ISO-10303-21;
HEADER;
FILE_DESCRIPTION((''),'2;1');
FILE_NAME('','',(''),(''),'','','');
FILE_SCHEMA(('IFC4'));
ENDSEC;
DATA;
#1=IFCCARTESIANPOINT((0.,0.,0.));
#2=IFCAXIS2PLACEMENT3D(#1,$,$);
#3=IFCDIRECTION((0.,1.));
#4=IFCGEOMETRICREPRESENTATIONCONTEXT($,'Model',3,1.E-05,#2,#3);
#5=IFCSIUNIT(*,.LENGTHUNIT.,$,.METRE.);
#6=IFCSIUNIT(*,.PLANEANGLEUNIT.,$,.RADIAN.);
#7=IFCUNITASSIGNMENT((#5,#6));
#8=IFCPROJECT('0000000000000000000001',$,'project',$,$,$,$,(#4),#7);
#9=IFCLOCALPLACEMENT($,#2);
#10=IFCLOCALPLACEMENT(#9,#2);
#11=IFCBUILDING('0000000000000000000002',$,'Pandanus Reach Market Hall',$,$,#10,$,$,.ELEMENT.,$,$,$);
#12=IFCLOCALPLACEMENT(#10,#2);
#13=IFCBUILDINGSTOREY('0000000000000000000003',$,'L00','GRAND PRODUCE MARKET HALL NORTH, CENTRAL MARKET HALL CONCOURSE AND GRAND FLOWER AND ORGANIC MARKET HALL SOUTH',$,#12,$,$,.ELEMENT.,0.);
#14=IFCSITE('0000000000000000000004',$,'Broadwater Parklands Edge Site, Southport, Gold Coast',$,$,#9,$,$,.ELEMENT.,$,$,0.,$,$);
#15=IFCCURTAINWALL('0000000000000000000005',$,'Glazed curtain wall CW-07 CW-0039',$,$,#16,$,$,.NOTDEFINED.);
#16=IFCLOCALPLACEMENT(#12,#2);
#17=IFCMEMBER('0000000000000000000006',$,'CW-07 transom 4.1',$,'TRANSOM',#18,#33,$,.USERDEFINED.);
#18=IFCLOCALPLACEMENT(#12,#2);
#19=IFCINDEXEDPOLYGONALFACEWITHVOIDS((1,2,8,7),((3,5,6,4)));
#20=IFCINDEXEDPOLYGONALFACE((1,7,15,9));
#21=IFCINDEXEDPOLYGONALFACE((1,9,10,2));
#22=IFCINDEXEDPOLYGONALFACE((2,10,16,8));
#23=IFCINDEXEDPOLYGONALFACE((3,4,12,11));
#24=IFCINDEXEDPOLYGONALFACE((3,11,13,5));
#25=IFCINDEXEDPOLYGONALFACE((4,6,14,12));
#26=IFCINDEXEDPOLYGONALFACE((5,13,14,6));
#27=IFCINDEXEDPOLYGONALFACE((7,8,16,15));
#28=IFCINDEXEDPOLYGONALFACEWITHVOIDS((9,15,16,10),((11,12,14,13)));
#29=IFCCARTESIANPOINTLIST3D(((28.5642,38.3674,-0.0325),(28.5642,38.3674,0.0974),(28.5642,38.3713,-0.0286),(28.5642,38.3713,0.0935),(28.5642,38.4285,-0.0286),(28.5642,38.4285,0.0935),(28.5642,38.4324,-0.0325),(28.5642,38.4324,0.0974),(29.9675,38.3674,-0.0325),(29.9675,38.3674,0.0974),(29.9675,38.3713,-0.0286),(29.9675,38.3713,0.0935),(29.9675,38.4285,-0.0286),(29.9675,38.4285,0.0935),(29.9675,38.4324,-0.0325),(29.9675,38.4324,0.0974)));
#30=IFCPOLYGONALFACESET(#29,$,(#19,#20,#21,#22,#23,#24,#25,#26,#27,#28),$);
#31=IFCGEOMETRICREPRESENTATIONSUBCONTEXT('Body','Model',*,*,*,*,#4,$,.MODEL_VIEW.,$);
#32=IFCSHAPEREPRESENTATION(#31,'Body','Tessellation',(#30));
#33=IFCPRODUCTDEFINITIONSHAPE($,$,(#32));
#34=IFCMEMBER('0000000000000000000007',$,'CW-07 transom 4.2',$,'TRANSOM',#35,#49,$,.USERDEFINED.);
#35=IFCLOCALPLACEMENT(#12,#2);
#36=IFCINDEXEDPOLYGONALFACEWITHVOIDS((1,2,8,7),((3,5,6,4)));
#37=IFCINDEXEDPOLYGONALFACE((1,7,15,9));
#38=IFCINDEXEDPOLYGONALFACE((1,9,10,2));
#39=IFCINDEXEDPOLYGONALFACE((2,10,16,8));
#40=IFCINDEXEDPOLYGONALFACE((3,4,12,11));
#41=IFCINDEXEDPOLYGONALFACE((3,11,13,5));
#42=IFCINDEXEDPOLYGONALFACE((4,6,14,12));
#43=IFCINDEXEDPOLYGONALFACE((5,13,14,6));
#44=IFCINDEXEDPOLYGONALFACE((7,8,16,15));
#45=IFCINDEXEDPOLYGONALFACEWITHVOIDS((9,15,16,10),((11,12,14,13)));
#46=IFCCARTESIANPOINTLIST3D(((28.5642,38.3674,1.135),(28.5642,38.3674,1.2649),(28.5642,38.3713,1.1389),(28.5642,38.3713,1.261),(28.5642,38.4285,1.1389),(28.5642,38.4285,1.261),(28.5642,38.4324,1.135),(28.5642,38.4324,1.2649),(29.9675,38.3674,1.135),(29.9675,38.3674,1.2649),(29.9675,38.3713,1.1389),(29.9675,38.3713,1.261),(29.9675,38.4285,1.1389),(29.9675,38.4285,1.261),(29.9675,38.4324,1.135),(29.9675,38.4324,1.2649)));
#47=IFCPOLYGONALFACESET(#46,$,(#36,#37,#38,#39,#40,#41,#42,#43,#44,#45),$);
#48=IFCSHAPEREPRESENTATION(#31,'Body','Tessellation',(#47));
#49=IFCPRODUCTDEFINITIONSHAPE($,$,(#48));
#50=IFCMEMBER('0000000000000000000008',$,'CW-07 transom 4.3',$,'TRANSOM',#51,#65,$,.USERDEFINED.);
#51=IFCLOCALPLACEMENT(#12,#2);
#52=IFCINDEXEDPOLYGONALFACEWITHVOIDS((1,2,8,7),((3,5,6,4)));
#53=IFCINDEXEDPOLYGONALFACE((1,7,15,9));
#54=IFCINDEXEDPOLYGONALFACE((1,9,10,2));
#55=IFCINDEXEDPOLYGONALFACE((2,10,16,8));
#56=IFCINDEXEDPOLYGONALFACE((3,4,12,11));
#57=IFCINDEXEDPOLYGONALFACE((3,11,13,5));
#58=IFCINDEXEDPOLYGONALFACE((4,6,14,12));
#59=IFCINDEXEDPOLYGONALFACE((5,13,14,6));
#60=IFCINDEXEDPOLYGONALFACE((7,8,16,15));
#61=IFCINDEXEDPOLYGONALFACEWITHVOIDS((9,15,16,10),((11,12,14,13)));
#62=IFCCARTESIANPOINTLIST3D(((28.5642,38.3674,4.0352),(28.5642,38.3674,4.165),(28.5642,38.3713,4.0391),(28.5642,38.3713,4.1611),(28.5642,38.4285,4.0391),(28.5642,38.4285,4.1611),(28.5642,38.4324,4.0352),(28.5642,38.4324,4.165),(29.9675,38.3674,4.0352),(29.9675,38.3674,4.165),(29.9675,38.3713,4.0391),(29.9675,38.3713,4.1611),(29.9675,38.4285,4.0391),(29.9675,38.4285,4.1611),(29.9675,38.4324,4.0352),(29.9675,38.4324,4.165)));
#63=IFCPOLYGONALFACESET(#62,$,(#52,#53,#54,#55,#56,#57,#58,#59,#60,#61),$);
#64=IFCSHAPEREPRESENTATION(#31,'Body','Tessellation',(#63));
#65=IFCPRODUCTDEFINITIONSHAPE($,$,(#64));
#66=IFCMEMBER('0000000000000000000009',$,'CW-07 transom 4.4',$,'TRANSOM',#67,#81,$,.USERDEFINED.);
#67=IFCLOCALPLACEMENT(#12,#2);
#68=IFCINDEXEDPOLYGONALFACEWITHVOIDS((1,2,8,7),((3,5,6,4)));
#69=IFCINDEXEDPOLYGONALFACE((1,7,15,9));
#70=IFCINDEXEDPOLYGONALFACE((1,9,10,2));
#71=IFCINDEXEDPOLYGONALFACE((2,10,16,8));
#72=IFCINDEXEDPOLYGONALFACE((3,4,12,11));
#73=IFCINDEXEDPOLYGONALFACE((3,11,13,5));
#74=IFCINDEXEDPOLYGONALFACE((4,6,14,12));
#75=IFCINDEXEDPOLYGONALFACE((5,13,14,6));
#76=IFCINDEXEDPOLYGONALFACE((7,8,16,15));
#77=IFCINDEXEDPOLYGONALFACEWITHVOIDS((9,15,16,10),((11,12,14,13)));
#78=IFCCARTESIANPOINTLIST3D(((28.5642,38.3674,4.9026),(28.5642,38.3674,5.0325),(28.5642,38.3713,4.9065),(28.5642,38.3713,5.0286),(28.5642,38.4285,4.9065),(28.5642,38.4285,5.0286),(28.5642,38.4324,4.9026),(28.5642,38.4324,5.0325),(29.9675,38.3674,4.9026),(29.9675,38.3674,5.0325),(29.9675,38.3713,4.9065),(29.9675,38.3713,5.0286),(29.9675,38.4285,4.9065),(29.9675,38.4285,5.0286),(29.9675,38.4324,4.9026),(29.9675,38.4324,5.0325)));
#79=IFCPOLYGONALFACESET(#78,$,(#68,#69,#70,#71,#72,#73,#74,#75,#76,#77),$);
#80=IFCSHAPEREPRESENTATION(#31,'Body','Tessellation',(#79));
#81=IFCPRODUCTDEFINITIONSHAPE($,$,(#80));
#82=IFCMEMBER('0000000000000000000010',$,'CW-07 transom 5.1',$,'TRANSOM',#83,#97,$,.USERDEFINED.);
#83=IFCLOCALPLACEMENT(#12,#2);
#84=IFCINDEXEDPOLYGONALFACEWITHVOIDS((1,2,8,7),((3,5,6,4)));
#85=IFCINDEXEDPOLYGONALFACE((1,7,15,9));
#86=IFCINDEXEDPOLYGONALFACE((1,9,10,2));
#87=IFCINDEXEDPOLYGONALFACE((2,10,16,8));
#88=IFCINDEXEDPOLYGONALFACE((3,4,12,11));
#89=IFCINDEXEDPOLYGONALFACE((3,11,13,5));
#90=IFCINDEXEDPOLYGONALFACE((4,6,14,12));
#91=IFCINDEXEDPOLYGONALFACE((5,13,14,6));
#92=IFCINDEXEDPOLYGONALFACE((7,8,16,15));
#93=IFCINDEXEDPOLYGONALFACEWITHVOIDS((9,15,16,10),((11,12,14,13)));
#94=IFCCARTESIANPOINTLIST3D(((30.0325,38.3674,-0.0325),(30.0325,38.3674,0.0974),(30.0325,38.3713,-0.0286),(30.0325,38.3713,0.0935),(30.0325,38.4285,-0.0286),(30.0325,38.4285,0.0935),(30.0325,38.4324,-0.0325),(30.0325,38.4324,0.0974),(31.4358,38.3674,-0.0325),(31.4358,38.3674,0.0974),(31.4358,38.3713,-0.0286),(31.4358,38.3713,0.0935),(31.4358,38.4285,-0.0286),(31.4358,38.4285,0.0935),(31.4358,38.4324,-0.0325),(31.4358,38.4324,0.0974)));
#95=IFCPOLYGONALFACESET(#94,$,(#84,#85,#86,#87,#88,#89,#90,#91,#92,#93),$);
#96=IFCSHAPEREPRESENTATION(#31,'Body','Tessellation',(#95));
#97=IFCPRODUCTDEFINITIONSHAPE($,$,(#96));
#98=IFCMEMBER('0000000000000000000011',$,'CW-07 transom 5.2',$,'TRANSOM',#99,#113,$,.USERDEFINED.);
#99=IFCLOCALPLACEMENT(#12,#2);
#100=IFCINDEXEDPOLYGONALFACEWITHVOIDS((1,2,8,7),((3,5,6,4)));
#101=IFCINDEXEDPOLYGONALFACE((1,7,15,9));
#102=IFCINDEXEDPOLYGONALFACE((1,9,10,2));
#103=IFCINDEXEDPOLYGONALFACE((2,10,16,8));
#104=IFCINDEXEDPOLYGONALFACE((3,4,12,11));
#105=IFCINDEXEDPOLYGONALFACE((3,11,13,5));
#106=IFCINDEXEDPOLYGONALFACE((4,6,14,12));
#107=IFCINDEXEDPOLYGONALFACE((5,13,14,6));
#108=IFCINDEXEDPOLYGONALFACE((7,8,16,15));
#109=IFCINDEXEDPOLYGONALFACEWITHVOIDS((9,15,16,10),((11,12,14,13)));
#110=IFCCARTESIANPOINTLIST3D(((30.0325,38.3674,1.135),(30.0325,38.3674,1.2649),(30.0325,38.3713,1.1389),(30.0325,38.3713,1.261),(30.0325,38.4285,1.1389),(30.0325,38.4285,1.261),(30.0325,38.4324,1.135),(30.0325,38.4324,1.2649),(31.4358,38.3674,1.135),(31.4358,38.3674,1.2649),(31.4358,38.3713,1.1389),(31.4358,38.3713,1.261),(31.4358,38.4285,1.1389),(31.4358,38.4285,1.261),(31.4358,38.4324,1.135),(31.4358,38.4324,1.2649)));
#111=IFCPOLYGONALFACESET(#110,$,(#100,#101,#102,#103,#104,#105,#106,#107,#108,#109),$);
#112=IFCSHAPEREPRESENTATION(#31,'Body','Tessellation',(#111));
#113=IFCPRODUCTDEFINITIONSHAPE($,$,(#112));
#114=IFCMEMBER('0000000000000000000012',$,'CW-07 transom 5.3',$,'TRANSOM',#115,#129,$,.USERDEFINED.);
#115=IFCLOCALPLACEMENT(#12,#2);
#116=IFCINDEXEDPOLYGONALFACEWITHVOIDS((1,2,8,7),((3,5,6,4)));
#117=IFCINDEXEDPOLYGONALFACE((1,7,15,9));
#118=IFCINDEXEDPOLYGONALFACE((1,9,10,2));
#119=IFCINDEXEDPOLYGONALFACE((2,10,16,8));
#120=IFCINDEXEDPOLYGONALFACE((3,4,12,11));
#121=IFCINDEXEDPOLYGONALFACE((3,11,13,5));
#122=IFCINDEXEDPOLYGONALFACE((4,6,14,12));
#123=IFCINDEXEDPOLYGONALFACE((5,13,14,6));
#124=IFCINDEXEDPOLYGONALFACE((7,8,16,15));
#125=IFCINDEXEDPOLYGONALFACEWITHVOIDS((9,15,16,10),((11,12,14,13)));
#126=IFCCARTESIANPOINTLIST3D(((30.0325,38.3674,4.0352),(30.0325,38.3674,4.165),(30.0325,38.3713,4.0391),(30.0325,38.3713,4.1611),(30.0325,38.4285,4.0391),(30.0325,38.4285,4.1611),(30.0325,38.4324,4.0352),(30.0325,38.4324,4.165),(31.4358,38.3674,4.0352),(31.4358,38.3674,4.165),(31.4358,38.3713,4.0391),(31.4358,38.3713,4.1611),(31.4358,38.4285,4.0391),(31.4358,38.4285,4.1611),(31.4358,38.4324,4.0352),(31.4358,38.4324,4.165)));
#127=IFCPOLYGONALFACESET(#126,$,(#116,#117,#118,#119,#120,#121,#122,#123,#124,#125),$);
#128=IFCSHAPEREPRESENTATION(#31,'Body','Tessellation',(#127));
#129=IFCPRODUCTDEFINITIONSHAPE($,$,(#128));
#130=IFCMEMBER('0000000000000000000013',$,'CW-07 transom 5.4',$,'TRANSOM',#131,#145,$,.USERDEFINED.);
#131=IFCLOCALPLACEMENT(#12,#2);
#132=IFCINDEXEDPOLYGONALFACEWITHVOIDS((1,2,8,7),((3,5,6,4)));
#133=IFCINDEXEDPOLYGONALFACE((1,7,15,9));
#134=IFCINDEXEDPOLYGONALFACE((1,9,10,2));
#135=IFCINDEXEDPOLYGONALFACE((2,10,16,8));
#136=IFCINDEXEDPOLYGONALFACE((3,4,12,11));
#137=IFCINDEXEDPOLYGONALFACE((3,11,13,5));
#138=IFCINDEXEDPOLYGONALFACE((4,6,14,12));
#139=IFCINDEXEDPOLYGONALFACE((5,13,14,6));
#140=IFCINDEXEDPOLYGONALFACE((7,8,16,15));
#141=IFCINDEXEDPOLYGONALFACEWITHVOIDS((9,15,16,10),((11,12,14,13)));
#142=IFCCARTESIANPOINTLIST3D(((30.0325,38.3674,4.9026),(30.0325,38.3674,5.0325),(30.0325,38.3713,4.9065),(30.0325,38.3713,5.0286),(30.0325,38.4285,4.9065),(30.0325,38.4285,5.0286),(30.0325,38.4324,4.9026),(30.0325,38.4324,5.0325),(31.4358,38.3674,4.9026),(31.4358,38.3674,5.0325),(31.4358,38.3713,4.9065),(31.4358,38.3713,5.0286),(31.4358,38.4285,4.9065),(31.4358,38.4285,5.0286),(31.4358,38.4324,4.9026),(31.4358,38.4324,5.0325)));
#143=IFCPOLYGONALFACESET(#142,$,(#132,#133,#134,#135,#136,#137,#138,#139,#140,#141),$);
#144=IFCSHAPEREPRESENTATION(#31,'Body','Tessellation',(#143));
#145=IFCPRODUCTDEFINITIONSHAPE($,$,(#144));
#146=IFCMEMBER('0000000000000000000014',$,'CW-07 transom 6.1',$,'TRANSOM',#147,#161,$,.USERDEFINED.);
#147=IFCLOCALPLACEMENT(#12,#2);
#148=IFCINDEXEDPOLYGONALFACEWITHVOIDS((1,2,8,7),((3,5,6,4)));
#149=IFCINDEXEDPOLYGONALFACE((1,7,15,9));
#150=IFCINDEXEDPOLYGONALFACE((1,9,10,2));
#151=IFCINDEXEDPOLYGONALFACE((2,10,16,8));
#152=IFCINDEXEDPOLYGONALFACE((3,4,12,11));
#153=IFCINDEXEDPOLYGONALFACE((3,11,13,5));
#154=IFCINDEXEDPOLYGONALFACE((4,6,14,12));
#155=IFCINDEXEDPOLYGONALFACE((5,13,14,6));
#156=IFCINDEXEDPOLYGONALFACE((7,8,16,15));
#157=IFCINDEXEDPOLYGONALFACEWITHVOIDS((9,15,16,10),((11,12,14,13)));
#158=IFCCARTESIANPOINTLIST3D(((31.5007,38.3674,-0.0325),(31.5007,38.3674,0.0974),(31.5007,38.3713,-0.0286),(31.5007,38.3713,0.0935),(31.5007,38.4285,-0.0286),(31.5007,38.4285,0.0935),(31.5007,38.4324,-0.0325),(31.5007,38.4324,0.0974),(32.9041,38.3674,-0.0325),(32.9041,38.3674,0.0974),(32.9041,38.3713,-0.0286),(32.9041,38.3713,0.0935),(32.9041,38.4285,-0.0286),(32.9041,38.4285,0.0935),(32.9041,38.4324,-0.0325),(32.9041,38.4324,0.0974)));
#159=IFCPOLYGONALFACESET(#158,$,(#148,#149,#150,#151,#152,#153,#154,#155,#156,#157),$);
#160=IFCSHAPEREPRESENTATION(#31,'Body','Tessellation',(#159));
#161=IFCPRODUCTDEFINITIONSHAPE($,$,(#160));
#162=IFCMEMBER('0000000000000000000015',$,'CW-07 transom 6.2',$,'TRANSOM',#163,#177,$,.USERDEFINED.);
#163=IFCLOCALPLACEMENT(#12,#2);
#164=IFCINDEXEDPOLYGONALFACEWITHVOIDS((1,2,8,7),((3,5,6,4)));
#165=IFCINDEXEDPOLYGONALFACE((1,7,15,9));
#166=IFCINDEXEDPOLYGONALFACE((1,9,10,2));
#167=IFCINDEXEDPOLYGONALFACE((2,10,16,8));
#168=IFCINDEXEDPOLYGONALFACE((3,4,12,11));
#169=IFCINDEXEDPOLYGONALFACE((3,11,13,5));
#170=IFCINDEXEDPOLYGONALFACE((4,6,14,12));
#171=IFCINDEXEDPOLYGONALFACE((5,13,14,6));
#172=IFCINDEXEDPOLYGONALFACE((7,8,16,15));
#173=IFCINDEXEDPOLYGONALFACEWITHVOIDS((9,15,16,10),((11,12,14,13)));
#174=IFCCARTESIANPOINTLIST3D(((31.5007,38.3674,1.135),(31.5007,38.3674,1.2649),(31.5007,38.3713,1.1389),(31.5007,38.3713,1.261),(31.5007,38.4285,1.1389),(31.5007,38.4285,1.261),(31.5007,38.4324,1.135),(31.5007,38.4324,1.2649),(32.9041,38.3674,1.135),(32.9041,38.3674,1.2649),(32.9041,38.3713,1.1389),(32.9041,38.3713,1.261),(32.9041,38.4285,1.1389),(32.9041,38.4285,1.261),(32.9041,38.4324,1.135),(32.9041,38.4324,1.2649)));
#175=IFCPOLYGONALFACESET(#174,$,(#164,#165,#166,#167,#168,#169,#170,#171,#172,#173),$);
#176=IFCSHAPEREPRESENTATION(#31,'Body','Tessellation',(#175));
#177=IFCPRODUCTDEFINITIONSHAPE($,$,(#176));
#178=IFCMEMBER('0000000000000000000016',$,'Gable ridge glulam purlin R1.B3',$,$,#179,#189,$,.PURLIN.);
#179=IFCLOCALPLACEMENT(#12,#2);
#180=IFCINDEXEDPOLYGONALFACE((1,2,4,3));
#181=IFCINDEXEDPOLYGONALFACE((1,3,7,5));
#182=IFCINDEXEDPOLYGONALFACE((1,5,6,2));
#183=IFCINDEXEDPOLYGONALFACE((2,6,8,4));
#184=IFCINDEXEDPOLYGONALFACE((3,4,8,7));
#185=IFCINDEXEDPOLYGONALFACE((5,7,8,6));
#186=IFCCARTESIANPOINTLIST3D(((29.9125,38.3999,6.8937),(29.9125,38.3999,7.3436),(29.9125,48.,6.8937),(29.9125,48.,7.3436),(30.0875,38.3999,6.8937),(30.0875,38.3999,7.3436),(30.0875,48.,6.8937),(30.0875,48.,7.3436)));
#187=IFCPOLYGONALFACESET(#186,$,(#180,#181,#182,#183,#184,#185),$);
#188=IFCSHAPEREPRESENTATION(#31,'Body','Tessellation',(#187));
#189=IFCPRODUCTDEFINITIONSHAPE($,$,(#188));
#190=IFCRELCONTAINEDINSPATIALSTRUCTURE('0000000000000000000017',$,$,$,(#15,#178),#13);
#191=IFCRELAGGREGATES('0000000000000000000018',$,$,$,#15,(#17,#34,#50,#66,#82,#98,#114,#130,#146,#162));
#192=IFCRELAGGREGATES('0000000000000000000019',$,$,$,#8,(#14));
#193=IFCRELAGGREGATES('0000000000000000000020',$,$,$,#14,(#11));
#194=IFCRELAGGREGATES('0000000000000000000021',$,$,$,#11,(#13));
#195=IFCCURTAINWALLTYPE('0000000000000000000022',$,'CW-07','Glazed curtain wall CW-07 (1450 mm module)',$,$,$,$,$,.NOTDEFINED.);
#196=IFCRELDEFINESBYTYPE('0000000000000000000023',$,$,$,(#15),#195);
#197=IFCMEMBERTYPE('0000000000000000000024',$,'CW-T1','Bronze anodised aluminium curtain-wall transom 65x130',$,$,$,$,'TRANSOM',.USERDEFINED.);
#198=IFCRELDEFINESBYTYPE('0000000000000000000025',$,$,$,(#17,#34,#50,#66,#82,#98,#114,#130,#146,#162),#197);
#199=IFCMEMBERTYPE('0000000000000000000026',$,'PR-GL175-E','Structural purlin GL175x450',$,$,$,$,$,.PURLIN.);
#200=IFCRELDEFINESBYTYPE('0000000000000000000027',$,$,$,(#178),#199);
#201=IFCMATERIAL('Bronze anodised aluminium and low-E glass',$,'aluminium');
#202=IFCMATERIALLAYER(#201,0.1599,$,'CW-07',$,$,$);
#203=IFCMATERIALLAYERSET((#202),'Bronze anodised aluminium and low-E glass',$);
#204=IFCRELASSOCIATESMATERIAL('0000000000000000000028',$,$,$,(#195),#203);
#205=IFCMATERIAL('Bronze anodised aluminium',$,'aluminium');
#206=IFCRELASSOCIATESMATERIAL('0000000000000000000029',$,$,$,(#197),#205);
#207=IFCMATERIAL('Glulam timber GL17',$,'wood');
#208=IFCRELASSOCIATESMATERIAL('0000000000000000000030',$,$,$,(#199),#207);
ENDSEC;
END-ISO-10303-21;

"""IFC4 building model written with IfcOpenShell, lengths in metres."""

from ifc_helpers import new_model, si_unit, direction, frame, origin, origin_2d, place, context, subcontext, project, spatial, rectangle, hollow_rectangle, extrude, material, layer, layer_set, material_profile, profile_set, type_object, element, aggregate, save


model = new_model("IFC4")

# Units and contexts
model_context = context("Model", 3, precision=1e-05, world=origin(), true_north=direction((0.0, 1.0)))
body_context = subcontext(model_context, "Body", "Model", "MODEL_VIEW")
ifc_project = project(units=[si_unit("LENGTHUNIT", "METRE"), si_unit("PLANEANGLEUNIT", "RADIAN")], contexts=[model_context])

# Site, building, storey
site_placement = place(None, origin())
site = spatial("IfcSite", under=ifc_project, at=site_placement, Name="Broadwater Parklands Edge Site, Southport, Gold Coast", CompositionType="ELEMENT", RefElevation=0.0)
building_placement = place(site_placement, origin())
building = spatial("IfcBuilding", under=site, at=building_placement, Name="Pandanus Reach Market Hall", CompositionType="ELEMENT")
storey_placement = place(building_placement, origin())
storey = spatial("IfcBuildingStorey", under=building, at=storey_placement, Name="L00", Description="GRAND PRODUCE MARKET HALL NORTH, CENTRAL MARKET HALL CONCOURSE AND GRAND FLOWER AND ORGANIC MARKET HALL SOUTH", CompositionType="ELEMENT", Elevation=0.0)

# Curtain wall, members
ifc_material_1 = material(Name="Bronze anodised aluminium and low-E glass", Category="aluminium")
ifc_layer_1 = layer(ifc_material_1, 0.1599, Name="CW-07")
ifc_layer_set_1 = layer_set([ifc_layer_1], Name="Bronze anodised aluminium and low-E glass")
curtain_wall_type = type_object("IfcCurtainWallType", Name="CW-07", Description="Glazed curtain wall CW-07 (1450 mm module)", PredefinedType="NOTDEFINED", material=ifc_layer_set_1)
curtain_wall_placement = place(storey_placement, origin())
curtain_wall = element("IfcCurtainWall", 1, at=curtain_wall_placement, inside=storey, type_object=curtain_wall_type, Name="Glazed curtain wall CW-07 CW-0039", PredefinedType="NOTDEFINED")
ifc_material_2 = material(Name="Bronze anodised aluminium", Category="aluminium")
ifc_material_profile_1 = material_profile(ifc_material_2, hollow_rectangle(XDim=0.0649, YDim=0.1299, WallThickness=0.0039, at=origin_2d()), Name="ALU65x130", Category="LoadBearing")
ifc_profile_set_1 = profile_set([ifc_material_profile_1], Name="Bronze anodised aluminium")
member_type_1 = type_object("IfcMemberType", Name="CW-T1", Description="Bronze anodised aluminium curtain-wall transom 65x130", ElementType="TRANSOM", PredefinedType="USERDEFINED", material=ifc_profile_set_1)
member_1_placement = place(storey_placement, frame((28.5642, 38.3999, 0.0325), z_axis=(1.0, 0.0, 0.0), x_axis=(0.0, 1.0, 0.0)))
member_1 = element("IfcMember", 2, at=member_1_placement, type_object=member_type_1, Name="CW-07 transom 4.1", ObjectType="TRANSOM", PredefinedType="USERDEFINED", context=body_context, shape_type="SweptSolid", body=[
    extrude(hollow_rectangle(XDim=0.0649, YDim=0.1299, WallThickness=0.0039, at=origin_2d()), origin(), (0.0, 0.0, 1.0), 1.4033),
])
member_2_placement = place(storey_placement, frame((28.5642, 38.3999, 1.2), z_axis=(1.0, 0.0, 0.0), x_axis=(0.0, 1.0, 0.0)))
member_2 = element("IfcMember", 3, at=member_2_placement, type_object=member_type_1, Name="CW-07 transom 4.2", ObjectType="TRANSOM", PredefinedType="USERDEFINED", context=body_context, shape_type="SweptSolid", body=[
    extrude(hollow_rectangle(XDim=0.0649, YDim=0.1299, WallThickness=0.0039, at=origin_2d()), origin(), (0.0, 0.0, 1.0), 1.4033),
])
member_3_placement = place(storey_placement, frame((28.5642, 38.3999, 4.1001), z_axis=(1.0, 0.0, 0.0), x_axis=(0.0, 1.0, 0.0)))
member_3 = element("IfcMember", 4, at=member_3_placement, type_object=member_type_1, Name="CW-07 transom 4.3", ObjectType="TRANSOM", PredefinedType="USERDEFINED", context=body_context, shape_type="SweptSolid", body=[
    extrude(hollow_rectangle(XDim=0.0649, YDim=0.1299, WallThickness=0.0039, at=origin_2d()), origin(), (0.0, 0.0, 1.0), 1.4033),
])
member_4_placement = place(storey_placement, frame((28.5642, 38.3999, 4.9675), z_axis=(1.0, 0.0, 0.0), x_axis=(0.0, 1.0, 0.0)))
member_4 = element("IfcMember", 5, at=member_4_placement, type_object=member_type_1, Name="CW-07 transom 4.4", ObjectType="TRANSOM", PredefinedType="USERDEFINED", context=body_context, shape_type="SweptSolid", body=[
    extrude(hollow_rectangle(XDim=0.0649, YDim=0.1299, WallThickness=0.0039, at=origin_2d()), origin(), (0.0, 0.0, 1.0), 1.4033),
])
member_5_placement = place(storey_placement, frame((30.0325, 38.3999, 0.0325), z_axis=(1.0, 0.0, 0.0), x_axis=(0.0, 1.0, 0.0)))
member_5 = element("IfcMember", 6, at=member_5_placement, type_object=member_type_1, Name="CW-07 transom 5.1", ObjectType="TRANSOM", PredefinedType="USERDEFINED", context=body_context, shape_type="SweptSolid", body=[
    extrude(hollow_rectangle(XDim=0.0649, YDim=0.1299, WallThickness=0.0039, at=origin_2d()), origin(), (0.0, 0.0, 1.0), 1.4033),
])
member_6_placement = place(storey_placement, frame((30.0325, 38.3999, 1.2), z_axis=(1.0, 0.0, 0.0), x_axis=(0.0, 1.0, 0.0)))
member_6 = element("IfcMember", 7, at=member_6_placement, type_object=member_type_1, Name="CW-07 transom 5.2", ObjectType="TRANSOM", PredefinedType="USERDEFINED", context=body_context, shape_type="SweptSolid", body=[
    extrude(hollow_rectangle(XDim=0.0649, YDim=0.1299, WallThickness=0.0039, at=origin_2d()), origin(), (0.0, 0.0, 1.0), 1.4033),
])
member_7_placement = place(storey_placement, frame((30.0325, 38.3999, 4.1001), z_axis=(1.0, 0.0, 0.0), x_axis=(0.0, 1.0, 0.0)))
member_7 = element("IfcMember", 8, at=member_7_placement, type_object=member_type_1, Name="CW-07 transom 5.3", ObjectType="TRANSOM", PredefinedType="USERDEFINED", context=body_context, shape_type="SweptSolid", body=[
    extrude(hollow_rectangle(XDim=0.0649, YDim=0.1299, WallThickness=0.0039, at=origin_2d()), origin(), (0.0, 0.0, 1.0), 1.4033),
])
member_8_placement = place(storey_placement, frame((30.0325, 38.3999, 4.9675), z_axis=(1.0, 0.0, 0.0), x_axis=(0.0, 1.0, 0.0)))
member_8 = element("IfcMember", 9, at=member_8_placement, type_object=member_type_1, Name="CW-07 transom 5.4", ObjectType="TRANSOM", PredefinedType="USERDEFINED", context=body_context, shape_type="SweptSolid", body=[
    extrude(hollow_rectangle(XDim=0.0649, YDim=0.1299, WallThickness=0.0039, at=origin_2d()), origin(), (0.0, 0.0, 1.0), 1.4033),
])
member_9_placement = place(storey_placement, frame((31.5007, 38.3999, 0.0325), z_axis=(1.0, 0.0, 0.0), x_axis=(0.0, 1.0, 0.0)))
member_9 = element("IfcMember", 10, at=member_9_placement, type_object=member_type_1, Name="CW-07 transom 6.1", ObjectType="TRANSOM", PredefinedType="USERDEFINED", context=body_context, shape_type="SweptSolid", body=[
    extrude(hollow_rectangle(XDim=0.0649, YDim=0.1299, WallThickness=0.0039, at=origin_2d()), origin(), (0.0, 0.0, 1.0), 1.4033),
])
member_10_placement = place(storey_placement, frame((31.5007, 38.3999, 1.2), z_axis=(1.0, 0.0, 0.0), x_axis=(0.0, 1.0, 0.0)))
member_10 = element("IfcMember", 11, at=member_10_placement, type_object=member_type_1, Name="CW-07 transom 6.2", ObjectType="TRANSOM", PredefinedType="USERDEFINED", context=body_context, shape_type="SweptSolid", body=[
    extrude(hollow_rectangle(XDim=0.0649, YDim=0.1299, WallThickness=0.0039, at=origin_2d()), origin(), (0.0, 0.0, 1.0), 1.4033),
])

# Member
ifc_material_3 = material(Name="Glulam timber GL17", Category="wood")
ifc_material_profile_2 = material_profile(ifc_material_3, rectangle(XDim=0.175, YDim=0.45, at=origin_2d()), Name="GL175x450", Category="LoadBearing")
ifc_profile_set_2 = profile_set([ifc_material_profile_2], Name="Glulam timber GL17")
member_type_2 = type_object("IfcMemberType", Name="PR-GL175-E", Description="Structural purlin GL175x450", PredefinedType="PURLIN", material=ifc_profile_set_2)
member_11_placement = place(storey_placement, frame((30.0, 38.3999, 7.1187), z_axis=(0.0, 1.0, 0.0), x_axis=(-1.0, 0.0, 0.0)))
element("IfcMember", 12, at=member_11_placement, inside=storey, type_object=member_type_2, Name="Gable ridge glulam purlin R1.B3", PredefinedType="PURLIN", context=body_context, shape_type="SweptSolid", body=[
    extrude(rectangle(XDim=0.175, YDim=0.45, at=origin_2d()), origin(), (0.0, 0.0, 1.0), 9.6001),
])

aggregate(curtain_wall, [member_1, member_2, member_3, member_4, member_5, member_6, member_7, member_8, member_9, member_10])

save(model, "model.ifc")
